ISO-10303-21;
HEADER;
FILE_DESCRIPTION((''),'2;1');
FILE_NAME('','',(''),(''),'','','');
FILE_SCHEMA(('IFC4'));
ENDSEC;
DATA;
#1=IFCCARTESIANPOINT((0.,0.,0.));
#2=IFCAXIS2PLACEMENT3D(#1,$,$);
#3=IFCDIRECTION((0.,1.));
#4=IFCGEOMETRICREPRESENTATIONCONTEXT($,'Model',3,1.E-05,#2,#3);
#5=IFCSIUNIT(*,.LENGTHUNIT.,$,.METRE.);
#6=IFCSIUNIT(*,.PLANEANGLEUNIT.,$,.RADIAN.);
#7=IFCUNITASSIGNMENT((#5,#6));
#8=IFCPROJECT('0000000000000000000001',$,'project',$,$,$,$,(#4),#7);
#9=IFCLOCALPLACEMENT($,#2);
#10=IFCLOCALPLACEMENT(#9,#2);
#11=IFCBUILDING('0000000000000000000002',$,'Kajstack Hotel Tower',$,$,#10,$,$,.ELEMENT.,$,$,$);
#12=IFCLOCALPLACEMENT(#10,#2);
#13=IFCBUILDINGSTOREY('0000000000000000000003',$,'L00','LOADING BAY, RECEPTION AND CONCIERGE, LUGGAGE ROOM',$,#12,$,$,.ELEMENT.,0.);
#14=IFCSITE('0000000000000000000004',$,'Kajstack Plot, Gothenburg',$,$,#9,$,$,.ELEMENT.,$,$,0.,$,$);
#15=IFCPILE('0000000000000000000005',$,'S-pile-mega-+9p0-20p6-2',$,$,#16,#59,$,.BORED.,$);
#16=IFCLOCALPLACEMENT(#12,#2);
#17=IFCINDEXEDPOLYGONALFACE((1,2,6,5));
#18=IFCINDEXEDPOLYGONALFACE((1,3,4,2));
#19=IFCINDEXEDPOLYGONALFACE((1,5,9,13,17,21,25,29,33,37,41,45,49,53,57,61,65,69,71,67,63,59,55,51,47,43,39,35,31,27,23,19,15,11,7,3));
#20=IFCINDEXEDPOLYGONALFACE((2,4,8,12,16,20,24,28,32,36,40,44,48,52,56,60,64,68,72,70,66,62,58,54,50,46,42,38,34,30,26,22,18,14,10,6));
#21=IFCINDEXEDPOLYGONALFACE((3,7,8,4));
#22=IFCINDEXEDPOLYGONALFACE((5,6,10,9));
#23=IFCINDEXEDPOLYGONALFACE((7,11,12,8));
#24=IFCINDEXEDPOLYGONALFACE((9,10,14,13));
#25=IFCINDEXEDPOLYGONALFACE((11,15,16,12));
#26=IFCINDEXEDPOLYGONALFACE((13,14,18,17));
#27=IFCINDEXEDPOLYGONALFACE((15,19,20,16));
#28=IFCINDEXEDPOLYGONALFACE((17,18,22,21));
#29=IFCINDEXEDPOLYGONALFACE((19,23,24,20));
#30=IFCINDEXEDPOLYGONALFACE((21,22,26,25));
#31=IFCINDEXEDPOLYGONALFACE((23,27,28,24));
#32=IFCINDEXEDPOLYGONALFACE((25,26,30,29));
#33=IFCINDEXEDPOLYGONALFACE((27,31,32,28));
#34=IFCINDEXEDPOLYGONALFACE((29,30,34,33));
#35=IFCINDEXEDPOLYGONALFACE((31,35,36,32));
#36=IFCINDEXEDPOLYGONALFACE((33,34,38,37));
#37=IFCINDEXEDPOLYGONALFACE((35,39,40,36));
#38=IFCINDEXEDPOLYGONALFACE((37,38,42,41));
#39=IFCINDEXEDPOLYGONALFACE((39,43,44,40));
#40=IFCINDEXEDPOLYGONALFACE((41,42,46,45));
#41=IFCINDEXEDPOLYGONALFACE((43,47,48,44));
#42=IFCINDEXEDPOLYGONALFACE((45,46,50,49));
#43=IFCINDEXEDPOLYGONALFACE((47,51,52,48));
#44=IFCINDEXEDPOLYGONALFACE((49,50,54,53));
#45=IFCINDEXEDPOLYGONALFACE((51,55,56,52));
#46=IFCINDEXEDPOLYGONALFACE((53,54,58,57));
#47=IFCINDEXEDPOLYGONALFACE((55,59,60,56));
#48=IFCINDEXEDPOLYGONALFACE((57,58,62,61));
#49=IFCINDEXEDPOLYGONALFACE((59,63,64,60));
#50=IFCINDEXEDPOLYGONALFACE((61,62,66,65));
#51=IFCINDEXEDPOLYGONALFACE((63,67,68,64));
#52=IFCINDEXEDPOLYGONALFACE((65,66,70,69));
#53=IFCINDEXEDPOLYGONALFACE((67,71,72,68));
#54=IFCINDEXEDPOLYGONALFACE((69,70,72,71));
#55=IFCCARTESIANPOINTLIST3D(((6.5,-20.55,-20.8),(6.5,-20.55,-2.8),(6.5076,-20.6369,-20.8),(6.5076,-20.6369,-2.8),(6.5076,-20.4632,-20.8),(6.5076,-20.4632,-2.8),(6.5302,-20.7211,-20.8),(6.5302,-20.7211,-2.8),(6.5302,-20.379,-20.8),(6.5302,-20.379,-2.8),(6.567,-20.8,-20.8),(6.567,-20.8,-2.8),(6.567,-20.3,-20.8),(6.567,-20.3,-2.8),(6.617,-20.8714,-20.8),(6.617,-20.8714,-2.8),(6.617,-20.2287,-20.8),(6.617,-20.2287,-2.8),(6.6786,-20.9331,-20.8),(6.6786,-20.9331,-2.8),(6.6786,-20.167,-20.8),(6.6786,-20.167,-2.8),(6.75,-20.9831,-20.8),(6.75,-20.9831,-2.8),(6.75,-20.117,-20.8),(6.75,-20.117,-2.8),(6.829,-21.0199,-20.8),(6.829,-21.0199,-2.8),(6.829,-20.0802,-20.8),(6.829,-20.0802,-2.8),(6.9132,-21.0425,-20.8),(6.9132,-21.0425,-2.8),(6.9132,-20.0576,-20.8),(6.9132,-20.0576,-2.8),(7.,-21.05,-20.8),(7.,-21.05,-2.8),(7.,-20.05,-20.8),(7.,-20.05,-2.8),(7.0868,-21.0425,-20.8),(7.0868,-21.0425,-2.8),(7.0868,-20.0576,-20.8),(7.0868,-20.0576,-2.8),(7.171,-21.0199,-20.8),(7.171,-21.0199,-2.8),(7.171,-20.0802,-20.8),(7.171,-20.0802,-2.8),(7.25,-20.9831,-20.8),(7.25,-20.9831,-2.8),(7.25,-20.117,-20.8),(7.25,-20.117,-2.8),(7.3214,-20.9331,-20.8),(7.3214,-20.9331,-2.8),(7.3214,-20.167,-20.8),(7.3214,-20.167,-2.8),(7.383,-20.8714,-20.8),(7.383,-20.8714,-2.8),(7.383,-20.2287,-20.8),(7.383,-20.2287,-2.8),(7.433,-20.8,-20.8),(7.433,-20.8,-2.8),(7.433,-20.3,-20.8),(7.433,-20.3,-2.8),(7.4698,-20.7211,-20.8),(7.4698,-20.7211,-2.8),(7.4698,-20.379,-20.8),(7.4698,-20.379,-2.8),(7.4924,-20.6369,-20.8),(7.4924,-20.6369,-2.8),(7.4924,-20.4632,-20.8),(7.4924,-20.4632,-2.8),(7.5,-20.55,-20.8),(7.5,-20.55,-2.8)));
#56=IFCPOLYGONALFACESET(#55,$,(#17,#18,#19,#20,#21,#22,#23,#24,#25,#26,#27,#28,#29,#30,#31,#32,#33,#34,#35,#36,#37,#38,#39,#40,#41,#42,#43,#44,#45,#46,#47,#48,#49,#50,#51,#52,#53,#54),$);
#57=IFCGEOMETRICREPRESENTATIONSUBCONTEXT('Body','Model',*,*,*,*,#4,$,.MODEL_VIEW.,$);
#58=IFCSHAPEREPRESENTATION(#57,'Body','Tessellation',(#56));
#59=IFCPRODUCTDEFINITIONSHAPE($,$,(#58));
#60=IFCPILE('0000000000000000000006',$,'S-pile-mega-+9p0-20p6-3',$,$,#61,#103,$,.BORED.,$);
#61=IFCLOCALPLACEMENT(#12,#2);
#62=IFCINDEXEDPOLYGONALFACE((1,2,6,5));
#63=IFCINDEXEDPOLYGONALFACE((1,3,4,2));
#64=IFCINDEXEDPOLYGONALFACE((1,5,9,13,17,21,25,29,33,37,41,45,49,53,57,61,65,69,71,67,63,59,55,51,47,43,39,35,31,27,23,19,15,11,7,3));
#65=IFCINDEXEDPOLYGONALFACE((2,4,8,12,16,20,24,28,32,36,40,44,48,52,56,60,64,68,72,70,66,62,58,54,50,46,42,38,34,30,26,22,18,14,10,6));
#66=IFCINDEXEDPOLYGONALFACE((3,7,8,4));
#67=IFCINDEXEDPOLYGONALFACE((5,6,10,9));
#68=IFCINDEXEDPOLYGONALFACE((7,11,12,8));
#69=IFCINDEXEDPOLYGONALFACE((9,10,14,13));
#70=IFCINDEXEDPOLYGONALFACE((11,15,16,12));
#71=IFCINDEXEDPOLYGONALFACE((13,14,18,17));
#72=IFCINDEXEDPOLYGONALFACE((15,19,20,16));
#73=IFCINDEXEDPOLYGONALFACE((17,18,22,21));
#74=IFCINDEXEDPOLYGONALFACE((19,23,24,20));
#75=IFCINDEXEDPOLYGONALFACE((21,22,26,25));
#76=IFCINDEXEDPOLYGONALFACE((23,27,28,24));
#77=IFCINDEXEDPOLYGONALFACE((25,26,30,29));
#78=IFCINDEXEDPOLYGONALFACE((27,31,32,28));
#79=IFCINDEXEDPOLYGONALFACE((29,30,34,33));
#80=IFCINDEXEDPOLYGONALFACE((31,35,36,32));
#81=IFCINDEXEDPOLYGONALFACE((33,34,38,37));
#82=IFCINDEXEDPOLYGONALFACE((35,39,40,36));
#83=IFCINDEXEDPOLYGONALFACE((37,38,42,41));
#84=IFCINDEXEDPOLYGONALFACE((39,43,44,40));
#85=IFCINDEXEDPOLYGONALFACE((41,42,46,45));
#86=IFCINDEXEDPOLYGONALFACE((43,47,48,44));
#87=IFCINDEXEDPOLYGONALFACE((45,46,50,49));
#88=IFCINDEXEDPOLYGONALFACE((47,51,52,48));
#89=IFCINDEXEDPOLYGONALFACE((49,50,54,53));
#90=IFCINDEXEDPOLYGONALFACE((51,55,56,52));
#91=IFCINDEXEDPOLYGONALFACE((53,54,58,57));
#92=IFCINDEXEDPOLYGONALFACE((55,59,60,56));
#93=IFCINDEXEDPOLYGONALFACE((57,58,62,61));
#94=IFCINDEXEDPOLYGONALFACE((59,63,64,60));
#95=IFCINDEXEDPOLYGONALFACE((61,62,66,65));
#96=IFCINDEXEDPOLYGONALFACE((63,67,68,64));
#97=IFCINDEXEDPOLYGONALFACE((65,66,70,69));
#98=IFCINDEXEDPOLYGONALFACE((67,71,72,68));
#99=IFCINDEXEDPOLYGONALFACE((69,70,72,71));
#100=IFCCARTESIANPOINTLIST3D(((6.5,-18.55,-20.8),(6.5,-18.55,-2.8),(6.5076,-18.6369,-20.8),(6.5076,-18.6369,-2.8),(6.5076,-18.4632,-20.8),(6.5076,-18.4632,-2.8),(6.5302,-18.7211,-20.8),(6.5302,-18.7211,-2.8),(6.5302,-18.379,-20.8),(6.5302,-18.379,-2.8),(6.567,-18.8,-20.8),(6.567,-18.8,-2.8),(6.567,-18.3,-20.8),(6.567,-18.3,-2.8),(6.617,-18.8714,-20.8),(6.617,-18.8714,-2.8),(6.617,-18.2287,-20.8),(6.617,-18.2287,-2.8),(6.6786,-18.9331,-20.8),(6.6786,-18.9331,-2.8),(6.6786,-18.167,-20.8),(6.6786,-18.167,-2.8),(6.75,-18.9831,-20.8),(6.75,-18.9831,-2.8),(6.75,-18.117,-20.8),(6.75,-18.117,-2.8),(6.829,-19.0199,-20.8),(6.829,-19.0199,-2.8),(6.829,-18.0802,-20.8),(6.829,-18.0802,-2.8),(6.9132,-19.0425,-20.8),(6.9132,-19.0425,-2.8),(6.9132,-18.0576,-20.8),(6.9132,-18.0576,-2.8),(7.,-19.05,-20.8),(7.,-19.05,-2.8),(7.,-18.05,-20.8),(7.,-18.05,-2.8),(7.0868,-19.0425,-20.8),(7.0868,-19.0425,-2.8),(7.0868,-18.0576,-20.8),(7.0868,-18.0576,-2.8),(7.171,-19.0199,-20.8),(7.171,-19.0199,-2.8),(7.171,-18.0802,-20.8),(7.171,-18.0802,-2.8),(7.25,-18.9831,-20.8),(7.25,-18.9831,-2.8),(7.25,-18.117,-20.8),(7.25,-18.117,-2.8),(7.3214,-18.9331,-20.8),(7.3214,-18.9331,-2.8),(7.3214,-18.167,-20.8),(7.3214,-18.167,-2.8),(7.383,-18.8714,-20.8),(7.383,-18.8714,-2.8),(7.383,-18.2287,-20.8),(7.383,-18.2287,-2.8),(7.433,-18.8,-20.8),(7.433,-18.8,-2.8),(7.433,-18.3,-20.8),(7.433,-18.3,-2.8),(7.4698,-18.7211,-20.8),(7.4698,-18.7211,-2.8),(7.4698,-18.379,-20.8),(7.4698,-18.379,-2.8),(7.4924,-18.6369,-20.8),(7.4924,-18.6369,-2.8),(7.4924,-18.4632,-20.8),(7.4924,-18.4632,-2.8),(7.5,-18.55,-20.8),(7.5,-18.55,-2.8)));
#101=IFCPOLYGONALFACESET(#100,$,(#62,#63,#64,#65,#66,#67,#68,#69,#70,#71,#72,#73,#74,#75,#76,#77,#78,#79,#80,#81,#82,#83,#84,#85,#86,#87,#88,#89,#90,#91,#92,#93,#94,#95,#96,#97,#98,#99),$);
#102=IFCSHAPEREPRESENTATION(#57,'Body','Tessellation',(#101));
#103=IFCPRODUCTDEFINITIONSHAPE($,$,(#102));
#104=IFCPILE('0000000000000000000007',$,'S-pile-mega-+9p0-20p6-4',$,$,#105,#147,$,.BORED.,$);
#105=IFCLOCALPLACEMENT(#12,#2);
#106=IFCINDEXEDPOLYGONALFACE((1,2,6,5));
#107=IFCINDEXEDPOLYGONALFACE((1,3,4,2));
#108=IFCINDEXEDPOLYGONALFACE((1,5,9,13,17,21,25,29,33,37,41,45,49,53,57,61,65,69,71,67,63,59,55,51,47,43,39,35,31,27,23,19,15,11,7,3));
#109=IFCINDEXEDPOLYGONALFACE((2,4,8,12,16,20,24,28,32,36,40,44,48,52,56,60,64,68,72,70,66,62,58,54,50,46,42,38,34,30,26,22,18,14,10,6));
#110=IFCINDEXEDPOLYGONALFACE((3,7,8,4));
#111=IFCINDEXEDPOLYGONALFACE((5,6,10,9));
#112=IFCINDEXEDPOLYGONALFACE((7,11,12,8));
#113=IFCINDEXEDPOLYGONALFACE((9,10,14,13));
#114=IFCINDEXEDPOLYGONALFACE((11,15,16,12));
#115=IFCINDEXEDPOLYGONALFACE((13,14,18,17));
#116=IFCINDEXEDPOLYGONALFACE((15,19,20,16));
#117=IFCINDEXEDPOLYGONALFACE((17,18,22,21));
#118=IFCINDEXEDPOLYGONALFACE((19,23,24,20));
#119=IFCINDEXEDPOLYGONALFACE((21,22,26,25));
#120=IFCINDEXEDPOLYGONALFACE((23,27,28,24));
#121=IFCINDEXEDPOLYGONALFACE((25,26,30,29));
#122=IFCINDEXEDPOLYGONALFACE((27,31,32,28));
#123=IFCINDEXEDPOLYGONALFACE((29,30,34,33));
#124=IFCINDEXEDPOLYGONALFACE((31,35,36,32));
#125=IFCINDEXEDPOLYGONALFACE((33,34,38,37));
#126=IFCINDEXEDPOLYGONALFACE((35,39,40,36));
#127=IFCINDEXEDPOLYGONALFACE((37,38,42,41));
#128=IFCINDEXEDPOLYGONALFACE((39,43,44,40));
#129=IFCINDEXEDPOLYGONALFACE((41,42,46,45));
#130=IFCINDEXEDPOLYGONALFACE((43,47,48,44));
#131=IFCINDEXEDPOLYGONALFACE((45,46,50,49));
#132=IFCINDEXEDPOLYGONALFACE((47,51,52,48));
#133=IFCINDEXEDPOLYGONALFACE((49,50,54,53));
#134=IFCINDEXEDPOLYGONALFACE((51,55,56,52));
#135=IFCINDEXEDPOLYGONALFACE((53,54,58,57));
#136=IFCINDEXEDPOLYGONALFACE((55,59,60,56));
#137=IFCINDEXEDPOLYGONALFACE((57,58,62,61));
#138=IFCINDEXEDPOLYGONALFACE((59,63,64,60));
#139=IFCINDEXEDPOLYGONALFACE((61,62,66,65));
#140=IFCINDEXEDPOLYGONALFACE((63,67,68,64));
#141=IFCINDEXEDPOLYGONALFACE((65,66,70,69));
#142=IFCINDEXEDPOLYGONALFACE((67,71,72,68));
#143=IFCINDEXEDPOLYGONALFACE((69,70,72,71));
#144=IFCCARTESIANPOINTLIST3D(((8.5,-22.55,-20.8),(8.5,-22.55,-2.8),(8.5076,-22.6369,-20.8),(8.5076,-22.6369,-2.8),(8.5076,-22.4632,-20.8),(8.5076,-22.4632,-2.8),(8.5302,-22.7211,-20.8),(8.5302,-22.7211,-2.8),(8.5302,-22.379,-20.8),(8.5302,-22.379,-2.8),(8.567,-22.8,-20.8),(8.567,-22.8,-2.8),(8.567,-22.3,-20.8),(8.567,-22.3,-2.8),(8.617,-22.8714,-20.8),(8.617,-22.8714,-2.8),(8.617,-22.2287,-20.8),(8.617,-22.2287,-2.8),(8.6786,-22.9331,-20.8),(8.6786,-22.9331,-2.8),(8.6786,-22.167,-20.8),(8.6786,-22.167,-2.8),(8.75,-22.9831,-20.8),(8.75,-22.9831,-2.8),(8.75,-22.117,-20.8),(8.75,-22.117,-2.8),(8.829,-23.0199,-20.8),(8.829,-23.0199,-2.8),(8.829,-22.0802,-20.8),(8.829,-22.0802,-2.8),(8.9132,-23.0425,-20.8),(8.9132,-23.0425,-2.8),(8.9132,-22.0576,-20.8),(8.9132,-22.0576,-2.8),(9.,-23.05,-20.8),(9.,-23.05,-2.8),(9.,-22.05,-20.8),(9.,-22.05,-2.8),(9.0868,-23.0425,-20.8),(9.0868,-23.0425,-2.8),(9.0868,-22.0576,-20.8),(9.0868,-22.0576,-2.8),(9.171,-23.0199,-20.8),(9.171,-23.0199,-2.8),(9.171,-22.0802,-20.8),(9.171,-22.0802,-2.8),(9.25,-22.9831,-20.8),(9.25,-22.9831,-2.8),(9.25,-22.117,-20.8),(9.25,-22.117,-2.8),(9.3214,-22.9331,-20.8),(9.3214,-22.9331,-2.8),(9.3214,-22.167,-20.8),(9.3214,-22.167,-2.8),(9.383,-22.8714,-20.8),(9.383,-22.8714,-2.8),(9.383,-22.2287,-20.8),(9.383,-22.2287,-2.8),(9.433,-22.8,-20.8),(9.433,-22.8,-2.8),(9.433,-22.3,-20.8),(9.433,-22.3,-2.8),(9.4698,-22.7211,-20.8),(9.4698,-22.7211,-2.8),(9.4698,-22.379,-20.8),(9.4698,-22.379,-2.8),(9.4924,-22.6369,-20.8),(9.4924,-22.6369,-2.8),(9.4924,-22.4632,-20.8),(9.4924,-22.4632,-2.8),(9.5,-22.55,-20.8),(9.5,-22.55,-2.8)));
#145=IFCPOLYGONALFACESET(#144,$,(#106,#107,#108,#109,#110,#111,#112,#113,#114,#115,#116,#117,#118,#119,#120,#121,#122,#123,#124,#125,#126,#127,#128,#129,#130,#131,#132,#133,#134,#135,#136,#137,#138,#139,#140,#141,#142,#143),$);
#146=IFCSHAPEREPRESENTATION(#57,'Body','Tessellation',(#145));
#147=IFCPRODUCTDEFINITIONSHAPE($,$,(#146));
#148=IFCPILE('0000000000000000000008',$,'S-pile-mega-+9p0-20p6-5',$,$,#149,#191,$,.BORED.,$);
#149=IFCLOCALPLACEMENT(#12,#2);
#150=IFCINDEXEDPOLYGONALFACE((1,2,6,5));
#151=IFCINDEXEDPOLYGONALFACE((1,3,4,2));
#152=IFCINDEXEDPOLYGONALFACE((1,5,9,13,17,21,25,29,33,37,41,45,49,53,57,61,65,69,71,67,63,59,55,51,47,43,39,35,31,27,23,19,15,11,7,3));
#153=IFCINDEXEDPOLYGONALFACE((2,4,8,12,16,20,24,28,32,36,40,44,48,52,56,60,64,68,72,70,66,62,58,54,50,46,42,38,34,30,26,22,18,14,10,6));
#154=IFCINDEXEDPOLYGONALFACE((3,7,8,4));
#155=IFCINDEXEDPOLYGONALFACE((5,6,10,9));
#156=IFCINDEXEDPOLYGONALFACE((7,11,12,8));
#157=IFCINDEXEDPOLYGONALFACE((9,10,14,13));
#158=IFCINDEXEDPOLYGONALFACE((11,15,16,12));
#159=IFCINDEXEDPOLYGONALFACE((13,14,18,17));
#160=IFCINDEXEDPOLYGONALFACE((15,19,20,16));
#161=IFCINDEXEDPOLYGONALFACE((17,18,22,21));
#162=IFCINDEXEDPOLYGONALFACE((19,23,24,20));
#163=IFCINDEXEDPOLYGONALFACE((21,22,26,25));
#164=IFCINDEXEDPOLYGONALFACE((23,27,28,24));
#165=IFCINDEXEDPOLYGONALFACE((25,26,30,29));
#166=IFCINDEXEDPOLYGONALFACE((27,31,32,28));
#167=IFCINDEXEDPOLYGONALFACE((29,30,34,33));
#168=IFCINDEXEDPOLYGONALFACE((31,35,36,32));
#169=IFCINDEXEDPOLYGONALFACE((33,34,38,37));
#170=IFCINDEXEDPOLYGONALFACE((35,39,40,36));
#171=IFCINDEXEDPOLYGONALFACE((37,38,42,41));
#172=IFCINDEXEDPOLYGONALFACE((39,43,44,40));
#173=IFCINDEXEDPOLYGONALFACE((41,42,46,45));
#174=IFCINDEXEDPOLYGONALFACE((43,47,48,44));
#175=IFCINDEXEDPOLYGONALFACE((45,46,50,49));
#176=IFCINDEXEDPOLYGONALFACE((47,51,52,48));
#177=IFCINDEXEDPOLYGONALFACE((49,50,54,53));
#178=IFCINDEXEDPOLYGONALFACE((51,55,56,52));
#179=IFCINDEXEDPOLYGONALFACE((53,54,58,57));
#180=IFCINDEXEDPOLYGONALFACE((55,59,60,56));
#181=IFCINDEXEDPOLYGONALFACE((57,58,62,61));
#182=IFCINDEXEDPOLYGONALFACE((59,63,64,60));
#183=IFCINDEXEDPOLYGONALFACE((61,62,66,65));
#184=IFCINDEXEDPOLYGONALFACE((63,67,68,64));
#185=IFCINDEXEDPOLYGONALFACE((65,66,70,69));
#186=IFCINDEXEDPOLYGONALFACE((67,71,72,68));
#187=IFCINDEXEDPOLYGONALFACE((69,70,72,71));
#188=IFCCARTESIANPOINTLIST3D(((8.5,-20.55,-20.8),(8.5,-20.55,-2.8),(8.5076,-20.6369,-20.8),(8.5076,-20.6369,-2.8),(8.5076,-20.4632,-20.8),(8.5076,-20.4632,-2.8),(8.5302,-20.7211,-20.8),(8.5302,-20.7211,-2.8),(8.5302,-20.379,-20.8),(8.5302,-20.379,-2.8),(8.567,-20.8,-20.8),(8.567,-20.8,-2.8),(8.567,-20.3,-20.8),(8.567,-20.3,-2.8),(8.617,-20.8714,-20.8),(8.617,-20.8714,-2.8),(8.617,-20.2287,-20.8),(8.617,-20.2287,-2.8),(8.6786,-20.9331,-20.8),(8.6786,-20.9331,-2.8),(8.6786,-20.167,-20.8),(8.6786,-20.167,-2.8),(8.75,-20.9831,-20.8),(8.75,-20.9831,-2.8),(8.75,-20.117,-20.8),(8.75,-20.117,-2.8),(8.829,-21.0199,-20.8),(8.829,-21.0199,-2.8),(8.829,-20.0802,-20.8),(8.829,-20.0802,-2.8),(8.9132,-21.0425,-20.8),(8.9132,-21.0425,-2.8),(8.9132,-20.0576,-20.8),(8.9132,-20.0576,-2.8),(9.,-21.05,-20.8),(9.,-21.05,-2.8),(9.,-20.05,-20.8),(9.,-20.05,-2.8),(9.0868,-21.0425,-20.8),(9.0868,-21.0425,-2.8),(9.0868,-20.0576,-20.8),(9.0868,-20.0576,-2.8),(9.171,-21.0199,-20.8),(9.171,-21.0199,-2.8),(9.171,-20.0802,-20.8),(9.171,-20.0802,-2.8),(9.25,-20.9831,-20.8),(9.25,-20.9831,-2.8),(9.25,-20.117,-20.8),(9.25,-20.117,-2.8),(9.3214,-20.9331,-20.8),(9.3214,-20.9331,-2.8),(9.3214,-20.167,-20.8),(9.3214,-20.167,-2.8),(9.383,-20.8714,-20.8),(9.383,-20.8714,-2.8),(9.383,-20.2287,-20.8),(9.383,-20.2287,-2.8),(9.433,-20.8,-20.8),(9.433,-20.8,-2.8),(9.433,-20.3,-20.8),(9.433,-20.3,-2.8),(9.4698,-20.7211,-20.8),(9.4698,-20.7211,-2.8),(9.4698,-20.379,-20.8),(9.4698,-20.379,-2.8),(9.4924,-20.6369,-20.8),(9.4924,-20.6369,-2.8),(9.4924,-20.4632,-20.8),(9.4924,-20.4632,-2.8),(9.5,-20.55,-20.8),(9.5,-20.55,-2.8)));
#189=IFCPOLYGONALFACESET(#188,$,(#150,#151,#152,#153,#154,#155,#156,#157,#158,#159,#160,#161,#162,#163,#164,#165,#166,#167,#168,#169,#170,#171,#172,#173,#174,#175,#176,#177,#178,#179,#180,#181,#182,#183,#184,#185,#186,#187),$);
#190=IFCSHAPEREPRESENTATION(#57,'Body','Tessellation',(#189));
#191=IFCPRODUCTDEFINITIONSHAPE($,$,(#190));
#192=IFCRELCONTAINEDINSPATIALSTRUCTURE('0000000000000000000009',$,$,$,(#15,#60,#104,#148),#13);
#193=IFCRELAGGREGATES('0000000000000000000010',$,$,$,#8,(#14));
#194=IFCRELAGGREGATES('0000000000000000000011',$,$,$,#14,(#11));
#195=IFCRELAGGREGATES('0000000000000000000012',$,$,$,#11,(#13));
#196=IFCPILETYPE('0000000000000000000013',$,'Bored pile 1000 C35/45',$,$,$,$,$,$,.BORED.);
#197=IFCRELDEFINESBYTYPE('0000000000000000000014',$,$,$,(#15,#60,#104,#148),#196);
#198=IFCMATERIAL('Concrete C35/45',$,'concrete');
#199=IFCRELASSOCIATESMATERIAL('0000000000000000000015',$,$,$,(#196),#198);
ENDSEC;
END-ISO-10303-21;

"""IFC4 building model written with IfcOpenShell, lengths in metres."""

from ifc_helpers import new_model, si_unit, direction, frame, origin, origin_2d, place, context, subcontext, project, spatial, circle, extrude, material, material_profile, profile_set, type_object, element, save


model = new_model("IFC4")

# Units and contexts
model_context = context("Model", 3, precision=1e-05, world=origin(), true_north=direction((0.0, 1.0)))
body_context = subcontext(model_context, "Body", "Model", "MODEL_VIEW")
ifc_project = project(units=[si_unit("LENGTHUNIT", "METRE"), si_unit("PLANEANGLEUNIT", "RADIAN")], contexts=[model_context])

# Site, building, storey
site_placement = place(None, origin())
site = spatial("IfcSite", under=ifc_project, at=site_placement, Name="Kajstack Plot, Gothenburg", CompositionType="ELEMENT", RefElevation=0.0)
building_placement = place(site_placement, origin())
building = spatial("IfcBuilding", under=site, at=building_placement, Name="Kajstack Hotel Tower", CompositionType="ELEMENT")
storey_placement = place(building_placement, origin())
storey = spatial("IfcBuildingStorey", under=building, at=storey_placement, Name="L00", Description="LOADING BAY, RECEPTION AND CONCIERGE, LUGGAGE ROOM", CompositionType="ELEMENT", Elevation=0.0)

# Piles
ifc_material_1 = material(Name="Concrete C35/45", Category="concrete")
ifc_material_profile_1 = material_profile(ifc_material_1, circle(Radius=0.5, at=origin_2d()), Name="RC round 1000")
ifc_profile_set_1 = profile_set([ifc_material_profile_1], Name="Concrete C35/45")
pile_type = type_object("IfcPileType", Name="Bored pile 1000 C35/45", PredefinedType="BORED", material=ifc_profile_set_1)
for number, where, z_axis, x_axis, name in (
    (1, (7.0, -20.55, -2.8), (0.0, 0.0, -1.0), (1.0, 0.0, 0.0), "S-pile-mega-+9p0-20p6-2"),
    (2, (7.0, -18.55, -2.8), (0.0, 0.0, -1.0), (1.0, 0.0, 0.0), "S-pile-mega-+9p0-20p6-3"),
    (3, (9.0, -22.55, -2.8), (0.0, 0.0, -1.0), (1.0, 0.0, 0.0), "S-pile-mega-+9p0-20p6-4"),
    (4, (9.0, -20.55, -2.8), (0.0, 0.0, -1.0), (1.0, 0.0, 0.0), "S-pile-mega-+9p0-20p6-5"),
):
    element("IfcPile", number, at=place(storey_placement, frame(where, z_axis=z_axis, x_axis=x_axis)), inside=storey, type_object=pile_type, Name=name, PredefinedType="BORED", context=body_context, shape_type="SweptSolid", body=[
        extrude(circle(Radius=0.5, at=origin_2d()), origin(), (0.0, 0.0, 1.0), 18.0),
    ])

save(model, "model.ifc")
